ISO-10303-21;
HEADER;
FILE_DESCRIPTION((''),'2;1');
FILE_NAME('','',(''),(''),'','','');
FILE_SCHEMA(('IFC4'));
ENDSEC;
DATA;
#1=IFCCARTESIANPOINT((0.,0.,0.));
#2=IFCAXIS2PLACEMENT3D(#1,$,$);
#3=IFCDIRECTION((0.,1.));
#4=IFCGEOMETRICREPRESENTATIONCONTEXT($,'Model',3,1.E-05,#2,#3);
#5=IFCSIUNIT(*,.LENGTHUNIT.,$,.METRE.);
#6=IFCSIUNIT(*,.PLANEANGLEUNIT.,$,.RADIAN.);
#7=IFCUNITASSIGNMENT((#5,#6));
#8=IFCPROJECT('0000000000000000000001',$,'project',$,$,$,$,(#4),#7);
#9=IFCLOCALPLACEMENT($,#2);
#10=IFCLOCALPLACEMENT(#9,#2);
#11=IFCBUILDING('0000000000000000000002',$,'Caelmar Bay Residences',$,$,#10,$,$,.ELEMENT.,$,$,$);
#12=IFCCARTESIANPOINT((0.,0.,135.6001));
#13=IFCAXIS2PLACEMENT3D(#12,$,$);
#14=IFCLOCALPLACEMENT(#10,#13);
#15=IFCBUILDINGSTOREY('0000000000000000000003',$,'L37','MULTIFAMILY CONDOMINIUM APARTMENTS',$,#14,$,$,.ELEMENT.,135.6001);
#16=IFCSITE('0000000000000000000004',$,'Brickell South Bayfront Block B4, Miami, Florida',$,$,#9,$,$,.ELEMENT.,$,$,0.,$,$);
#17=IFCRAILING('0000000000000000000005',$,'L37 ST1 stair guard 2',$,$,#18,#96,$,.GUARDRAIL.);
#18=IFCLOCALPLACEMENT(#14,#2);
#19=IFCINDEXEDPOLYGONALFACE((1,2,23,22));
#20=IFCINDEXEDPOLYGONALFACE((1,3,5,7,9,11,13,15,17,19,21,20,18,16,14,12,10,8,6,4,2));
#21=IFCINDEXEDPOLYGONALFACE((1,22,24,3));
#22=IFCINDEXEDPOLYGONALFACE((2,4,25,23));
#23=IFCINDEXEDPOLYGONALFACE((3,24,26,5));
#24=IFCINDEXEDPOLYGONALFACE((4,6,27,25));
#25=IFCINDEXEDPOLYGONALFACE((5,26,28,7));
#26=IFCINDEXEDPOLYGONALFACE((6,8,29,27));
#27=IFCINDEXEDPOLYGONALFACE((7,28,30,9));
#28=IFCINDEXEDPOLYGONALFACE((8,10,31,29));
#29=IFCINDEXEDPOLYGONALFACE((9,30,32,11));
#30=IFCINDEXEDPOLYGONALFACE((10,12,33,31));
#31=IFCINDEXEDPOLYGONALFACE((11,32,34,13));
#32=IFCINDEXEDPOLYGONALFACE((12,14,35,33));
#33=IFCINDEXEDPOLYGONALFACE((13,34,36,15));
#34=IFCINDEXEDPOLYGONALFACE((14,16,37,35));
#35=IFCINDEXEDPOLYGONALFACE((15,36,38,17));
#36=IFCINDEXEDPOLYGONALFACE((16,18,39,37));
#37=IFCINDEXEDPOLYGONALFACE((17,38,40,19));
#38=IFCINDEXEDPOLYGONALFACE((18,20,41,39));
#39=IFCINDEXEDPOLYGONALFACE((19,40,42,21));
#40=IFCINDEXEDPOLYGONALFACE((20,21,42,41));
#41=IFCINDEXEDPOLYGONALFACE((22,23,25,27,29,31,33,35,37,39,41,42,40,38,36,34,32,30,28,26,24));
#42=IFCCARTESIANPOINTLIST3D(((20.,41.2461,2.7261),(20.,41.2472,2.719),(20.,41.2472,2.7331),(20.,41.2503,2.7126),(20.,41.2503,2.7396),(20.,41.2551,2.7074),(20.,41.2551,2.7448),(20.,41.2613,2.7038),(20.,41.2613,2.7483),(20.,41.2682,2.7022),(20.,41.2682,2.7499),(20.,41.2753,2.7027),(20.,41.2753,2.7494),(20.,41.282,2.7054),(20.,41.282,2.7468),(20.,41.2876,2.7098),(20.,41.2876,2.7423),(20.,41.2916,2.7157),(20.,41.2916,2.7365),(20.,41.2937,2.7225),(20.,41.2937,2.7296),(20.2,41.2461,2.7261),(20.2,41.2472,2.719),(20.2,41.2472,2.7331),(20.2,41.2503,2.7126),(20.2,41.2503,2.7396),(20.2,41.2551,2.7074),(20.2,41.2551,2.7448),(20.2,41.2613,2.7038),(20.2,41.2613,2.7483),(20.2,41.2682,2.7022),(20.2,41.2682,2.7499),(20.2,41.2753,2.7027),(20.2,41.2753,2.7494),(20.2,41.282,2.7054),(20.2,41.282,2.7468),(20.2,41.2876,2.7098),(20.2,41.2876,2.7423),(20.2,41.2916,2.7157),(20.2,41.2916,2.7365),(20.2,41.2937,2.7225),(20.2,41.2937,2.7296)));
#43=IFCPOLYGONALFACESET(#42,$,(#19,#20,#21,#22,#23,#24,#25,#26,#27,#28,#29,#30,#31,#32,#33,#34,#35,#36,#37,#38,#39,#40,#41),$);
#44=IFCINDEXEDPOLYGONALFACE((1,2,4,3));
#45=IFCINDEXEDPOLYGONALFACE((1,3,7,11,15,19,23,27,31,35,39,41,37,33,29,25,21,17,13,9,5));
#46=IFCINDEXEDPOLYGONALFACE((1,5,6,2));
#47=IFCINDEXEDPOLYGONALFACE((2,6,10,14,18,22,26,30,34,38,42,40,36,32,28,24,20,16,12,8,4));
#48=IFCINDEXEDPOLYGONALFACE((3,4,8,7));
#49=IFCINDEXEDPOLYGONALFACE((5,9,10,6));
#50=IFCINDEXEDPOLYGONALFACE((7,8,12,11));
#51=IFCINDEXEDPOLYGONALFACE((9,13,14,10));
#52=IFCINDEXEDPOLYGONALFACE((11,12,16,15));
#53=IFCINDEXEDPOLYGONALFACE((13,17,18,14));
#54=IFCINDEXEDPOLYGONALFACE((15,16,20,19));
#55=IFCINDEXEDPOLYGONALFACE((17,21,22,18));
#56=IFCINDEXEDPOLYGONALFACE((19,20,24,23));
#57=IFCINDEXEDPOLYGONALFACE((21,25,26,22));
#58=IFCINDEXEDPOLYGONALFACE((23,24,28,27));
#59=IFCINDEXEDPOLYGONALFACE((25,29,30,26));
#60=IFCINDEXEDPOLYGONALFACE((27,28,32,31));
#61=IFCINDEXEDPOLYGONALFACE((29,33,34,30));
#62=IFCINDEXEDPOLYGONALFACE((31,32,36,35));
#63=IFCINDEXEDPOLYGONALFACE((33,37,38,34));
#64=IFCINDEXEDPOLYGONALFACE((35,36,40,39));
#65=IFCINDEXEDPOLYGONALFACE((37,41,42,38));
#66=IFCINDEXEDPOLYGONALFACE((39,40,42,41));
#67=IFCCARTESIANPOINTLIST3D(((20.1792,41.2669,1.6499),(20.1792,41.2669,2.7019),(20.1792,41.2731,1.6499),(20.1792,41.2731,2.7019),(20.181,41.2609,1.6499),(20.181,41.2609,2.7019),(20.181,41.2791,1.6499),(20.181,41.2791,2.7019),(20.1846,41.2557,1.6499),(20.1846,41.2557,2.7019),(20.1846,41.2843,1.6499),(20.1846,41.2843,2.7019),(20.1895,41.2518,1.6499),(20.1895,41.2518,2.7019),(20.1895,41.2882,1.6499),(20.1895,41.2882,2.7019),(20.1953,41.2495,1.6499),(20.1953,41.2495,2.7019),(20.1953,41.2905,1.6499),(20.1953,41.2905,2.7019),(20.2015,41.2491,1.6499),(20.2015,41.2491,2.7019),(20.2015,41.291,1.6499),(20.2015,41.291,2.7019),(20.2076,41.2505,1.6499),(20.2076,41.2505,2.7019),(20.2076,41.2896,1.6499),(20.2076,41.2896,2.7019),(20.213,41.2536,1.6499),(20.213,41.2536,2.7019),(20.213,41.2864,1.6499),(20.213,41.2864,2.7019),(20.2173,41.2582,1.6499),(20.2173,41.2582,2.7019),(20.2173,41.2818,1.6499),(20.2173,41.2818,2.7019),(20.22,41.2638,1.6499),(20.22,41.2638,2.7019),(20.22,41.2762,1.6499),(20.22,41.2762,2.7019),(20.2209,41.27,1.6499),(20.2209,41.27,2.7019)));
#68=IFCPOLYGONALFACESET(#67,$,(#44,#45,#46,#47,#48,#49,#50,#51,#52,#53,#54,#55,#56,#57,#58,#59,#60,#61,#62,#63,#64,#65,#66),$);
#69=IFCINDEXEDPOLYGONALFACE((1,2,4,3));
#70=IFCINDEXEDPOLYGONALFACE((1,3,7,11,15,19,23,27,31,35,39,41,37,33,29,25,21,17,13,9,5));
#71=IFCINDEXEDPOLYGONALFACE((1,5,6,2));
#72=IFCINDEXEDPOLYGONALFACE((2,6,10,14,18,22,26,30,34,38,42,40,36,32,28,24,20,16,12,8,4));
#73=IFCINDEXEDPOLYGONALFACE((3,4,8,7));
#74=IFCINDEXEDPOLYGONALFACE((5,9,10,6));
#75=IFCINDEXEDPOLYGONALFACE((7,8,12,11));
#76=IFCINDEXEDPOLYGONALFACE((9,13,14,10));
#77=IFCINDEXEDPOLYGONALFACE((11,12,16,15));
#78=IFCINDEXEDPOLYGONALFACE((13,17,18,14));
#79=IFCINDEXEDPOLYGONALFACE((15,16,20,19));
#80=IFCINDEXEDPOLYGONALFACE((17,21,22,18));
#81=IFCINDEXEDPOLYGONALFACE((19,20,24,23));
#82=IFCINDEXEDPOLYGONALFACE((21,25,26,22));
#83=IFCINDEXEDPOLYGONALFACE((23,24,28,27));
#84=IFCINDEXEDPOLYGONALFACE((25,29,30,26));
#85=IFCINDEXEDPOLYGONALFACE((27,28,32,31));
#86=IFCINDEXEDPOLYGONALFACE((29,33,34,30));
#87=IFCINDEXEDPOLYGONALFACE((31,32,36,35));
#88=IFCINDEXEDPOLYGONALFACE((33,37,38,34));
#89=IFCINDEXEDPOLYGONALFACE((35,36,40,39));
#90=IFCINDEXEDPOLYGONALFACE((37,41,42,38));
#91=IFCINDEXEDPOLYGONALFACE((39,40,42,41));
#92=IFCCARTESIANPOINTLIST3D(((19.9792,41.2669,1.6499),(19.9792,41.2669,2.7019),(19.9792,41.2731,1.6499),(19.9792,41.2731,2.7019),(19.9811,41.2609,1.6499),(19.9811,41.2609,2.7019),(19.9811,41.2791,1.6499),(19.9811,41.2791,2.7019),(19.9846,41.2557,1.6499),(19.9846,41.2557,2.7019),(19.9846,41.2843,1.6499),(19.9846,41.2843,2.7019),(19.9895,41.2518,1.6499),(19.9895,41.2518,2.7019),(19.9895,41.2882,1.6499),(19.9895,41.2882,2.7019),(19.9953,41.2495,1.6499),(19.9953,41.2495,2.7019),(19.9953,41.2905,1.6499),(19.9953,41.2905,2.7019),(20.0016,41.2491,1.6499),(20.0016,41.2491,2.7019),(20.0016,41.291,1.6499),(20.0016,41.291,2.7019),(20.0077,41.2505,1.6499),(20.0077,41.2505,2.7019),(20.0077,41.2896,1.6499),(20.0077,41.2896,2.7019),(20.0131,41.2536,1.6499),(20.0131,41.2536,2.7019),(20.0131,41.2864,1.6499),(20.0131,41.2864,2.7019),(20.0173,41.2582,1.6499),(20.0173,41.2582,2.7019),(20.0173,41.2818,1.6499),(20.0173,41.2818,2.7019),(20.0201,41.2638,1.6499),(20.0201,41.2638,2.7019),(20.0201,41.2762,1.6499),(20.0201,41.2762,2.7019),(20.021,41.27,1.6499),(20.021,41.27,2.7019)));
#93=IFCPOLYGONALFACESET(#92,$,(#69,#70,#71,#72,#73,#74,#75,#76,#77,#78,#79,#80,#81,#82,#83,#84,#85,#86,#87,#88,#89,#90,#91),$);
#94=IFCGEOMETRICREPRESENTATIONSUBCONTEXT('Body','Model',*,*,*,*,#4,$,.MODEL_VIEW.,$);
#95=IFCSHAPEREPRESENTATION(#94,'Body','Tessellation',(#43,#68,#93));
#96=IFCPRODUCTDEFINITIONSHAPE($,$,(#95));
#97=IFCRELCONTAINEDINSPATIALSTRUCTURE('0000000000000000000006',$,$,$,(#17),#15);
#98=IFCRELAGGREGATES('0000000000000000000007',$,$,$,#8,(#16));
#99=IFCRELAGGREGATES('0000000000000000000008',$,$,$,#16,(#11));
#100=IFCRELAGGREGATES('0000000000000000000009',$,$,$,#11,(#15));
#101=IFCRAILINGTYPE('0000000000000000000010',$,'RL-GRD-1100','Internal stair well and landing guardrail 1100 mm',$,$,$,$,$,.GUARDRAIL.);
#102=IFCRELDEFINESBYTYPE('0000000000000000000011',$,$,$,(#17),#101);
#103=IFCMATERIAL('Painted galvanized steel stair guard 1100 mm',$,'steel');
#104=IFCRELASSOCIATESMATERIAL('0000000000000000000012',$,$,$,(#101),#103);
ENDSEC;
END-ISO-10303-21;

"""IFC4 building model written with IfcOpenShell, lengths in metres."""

from ifc_helpers import new_model, si_unit, direction, frame, origin, origin_2d, place, context, subcontext, project, spatial, circle, extrude, material, type_object, element, save


model = new_model("IFC4")

# Units and contexts
model_context = context("Model", 3, precision=1e-05, world=origin(), true_north=direction((0.0, 1.0)))
body_context = subcontext(model_context, "Body", "Model", "MODEL_VIEW")
ifc_project = project(units=[si_unit("LENGTHUNIT", "METRE"), si_unit("PLANEANGLEUNIT", "RADIAN")], contexts=[model_context])

# Site, building, storey
site_placement = place(None, origin())
site = spatial("IfcSite", under=ifc_project, at=site_placement, Name="Brickell South Bayfront Block B4, Miami, Florida", CompositionType="ELEMENT", RefElevation=0.0)
building_placement = place(site_placement, origin())
building = spatial("IfcBuilding", under=site, at=building_placement, Name="Caelmar Bay Residences", CompositionType="ELEMENT")
storey_placement = place(building_placement, frame((0.0, 0.0, 135.6001)))
storey = spatial("IfcBuildingStorey", under=building, at=storey_placement, Name="L37", Description="MULTIFAMILY CONDOMINIUM APARTMENTS", CompositionType="ELEMENT", Elevation=135.6001)

# Railing
ifc_material_1 = material(Name="Painted galvanized steel stair guard 1100 mm", Category="steel")
railing_type_1 = type_object("IfcRailingType", Name="RL-GRD-1100", Description="Internal stair well and landing guardrail 1100 mm", PredefinedType="GUARDRAIL", material=ifc_material_1)
railing_1_placement = place(storey_placement, frame((20.2, 41.27, 1.6499)))
element("IfcRailing", 1, at=railing_1_placement, inside=storey, type_object=railing_type_1, Name="L37 ST1 stair guard 2", PredefinedType="GUARDRAIL", context=body_context, shape_type="SweptSolid", body=[
    extrude(circle(Radius=0.0239, at=origin_2d()), frame((0.0, 0.0, 1.0762), z_axis=(-1.0, 0.0, 0.0), x_axis=(0.0, -1.0, 0.0)), (0.0, 0.0, 1.0), 0.2),
    extrude(circle(Radius=0.021, at=origin_2d()), origin(), (0.0, 0.0, 1.0), 1.052),
    extrude(circle(Radius=0.021, at=origin_2d()), frame((-0.2, 0.0, 0.0)), (0.0, 0.0, 1.0), 1.052),
])

save(model, "model.ifc")
